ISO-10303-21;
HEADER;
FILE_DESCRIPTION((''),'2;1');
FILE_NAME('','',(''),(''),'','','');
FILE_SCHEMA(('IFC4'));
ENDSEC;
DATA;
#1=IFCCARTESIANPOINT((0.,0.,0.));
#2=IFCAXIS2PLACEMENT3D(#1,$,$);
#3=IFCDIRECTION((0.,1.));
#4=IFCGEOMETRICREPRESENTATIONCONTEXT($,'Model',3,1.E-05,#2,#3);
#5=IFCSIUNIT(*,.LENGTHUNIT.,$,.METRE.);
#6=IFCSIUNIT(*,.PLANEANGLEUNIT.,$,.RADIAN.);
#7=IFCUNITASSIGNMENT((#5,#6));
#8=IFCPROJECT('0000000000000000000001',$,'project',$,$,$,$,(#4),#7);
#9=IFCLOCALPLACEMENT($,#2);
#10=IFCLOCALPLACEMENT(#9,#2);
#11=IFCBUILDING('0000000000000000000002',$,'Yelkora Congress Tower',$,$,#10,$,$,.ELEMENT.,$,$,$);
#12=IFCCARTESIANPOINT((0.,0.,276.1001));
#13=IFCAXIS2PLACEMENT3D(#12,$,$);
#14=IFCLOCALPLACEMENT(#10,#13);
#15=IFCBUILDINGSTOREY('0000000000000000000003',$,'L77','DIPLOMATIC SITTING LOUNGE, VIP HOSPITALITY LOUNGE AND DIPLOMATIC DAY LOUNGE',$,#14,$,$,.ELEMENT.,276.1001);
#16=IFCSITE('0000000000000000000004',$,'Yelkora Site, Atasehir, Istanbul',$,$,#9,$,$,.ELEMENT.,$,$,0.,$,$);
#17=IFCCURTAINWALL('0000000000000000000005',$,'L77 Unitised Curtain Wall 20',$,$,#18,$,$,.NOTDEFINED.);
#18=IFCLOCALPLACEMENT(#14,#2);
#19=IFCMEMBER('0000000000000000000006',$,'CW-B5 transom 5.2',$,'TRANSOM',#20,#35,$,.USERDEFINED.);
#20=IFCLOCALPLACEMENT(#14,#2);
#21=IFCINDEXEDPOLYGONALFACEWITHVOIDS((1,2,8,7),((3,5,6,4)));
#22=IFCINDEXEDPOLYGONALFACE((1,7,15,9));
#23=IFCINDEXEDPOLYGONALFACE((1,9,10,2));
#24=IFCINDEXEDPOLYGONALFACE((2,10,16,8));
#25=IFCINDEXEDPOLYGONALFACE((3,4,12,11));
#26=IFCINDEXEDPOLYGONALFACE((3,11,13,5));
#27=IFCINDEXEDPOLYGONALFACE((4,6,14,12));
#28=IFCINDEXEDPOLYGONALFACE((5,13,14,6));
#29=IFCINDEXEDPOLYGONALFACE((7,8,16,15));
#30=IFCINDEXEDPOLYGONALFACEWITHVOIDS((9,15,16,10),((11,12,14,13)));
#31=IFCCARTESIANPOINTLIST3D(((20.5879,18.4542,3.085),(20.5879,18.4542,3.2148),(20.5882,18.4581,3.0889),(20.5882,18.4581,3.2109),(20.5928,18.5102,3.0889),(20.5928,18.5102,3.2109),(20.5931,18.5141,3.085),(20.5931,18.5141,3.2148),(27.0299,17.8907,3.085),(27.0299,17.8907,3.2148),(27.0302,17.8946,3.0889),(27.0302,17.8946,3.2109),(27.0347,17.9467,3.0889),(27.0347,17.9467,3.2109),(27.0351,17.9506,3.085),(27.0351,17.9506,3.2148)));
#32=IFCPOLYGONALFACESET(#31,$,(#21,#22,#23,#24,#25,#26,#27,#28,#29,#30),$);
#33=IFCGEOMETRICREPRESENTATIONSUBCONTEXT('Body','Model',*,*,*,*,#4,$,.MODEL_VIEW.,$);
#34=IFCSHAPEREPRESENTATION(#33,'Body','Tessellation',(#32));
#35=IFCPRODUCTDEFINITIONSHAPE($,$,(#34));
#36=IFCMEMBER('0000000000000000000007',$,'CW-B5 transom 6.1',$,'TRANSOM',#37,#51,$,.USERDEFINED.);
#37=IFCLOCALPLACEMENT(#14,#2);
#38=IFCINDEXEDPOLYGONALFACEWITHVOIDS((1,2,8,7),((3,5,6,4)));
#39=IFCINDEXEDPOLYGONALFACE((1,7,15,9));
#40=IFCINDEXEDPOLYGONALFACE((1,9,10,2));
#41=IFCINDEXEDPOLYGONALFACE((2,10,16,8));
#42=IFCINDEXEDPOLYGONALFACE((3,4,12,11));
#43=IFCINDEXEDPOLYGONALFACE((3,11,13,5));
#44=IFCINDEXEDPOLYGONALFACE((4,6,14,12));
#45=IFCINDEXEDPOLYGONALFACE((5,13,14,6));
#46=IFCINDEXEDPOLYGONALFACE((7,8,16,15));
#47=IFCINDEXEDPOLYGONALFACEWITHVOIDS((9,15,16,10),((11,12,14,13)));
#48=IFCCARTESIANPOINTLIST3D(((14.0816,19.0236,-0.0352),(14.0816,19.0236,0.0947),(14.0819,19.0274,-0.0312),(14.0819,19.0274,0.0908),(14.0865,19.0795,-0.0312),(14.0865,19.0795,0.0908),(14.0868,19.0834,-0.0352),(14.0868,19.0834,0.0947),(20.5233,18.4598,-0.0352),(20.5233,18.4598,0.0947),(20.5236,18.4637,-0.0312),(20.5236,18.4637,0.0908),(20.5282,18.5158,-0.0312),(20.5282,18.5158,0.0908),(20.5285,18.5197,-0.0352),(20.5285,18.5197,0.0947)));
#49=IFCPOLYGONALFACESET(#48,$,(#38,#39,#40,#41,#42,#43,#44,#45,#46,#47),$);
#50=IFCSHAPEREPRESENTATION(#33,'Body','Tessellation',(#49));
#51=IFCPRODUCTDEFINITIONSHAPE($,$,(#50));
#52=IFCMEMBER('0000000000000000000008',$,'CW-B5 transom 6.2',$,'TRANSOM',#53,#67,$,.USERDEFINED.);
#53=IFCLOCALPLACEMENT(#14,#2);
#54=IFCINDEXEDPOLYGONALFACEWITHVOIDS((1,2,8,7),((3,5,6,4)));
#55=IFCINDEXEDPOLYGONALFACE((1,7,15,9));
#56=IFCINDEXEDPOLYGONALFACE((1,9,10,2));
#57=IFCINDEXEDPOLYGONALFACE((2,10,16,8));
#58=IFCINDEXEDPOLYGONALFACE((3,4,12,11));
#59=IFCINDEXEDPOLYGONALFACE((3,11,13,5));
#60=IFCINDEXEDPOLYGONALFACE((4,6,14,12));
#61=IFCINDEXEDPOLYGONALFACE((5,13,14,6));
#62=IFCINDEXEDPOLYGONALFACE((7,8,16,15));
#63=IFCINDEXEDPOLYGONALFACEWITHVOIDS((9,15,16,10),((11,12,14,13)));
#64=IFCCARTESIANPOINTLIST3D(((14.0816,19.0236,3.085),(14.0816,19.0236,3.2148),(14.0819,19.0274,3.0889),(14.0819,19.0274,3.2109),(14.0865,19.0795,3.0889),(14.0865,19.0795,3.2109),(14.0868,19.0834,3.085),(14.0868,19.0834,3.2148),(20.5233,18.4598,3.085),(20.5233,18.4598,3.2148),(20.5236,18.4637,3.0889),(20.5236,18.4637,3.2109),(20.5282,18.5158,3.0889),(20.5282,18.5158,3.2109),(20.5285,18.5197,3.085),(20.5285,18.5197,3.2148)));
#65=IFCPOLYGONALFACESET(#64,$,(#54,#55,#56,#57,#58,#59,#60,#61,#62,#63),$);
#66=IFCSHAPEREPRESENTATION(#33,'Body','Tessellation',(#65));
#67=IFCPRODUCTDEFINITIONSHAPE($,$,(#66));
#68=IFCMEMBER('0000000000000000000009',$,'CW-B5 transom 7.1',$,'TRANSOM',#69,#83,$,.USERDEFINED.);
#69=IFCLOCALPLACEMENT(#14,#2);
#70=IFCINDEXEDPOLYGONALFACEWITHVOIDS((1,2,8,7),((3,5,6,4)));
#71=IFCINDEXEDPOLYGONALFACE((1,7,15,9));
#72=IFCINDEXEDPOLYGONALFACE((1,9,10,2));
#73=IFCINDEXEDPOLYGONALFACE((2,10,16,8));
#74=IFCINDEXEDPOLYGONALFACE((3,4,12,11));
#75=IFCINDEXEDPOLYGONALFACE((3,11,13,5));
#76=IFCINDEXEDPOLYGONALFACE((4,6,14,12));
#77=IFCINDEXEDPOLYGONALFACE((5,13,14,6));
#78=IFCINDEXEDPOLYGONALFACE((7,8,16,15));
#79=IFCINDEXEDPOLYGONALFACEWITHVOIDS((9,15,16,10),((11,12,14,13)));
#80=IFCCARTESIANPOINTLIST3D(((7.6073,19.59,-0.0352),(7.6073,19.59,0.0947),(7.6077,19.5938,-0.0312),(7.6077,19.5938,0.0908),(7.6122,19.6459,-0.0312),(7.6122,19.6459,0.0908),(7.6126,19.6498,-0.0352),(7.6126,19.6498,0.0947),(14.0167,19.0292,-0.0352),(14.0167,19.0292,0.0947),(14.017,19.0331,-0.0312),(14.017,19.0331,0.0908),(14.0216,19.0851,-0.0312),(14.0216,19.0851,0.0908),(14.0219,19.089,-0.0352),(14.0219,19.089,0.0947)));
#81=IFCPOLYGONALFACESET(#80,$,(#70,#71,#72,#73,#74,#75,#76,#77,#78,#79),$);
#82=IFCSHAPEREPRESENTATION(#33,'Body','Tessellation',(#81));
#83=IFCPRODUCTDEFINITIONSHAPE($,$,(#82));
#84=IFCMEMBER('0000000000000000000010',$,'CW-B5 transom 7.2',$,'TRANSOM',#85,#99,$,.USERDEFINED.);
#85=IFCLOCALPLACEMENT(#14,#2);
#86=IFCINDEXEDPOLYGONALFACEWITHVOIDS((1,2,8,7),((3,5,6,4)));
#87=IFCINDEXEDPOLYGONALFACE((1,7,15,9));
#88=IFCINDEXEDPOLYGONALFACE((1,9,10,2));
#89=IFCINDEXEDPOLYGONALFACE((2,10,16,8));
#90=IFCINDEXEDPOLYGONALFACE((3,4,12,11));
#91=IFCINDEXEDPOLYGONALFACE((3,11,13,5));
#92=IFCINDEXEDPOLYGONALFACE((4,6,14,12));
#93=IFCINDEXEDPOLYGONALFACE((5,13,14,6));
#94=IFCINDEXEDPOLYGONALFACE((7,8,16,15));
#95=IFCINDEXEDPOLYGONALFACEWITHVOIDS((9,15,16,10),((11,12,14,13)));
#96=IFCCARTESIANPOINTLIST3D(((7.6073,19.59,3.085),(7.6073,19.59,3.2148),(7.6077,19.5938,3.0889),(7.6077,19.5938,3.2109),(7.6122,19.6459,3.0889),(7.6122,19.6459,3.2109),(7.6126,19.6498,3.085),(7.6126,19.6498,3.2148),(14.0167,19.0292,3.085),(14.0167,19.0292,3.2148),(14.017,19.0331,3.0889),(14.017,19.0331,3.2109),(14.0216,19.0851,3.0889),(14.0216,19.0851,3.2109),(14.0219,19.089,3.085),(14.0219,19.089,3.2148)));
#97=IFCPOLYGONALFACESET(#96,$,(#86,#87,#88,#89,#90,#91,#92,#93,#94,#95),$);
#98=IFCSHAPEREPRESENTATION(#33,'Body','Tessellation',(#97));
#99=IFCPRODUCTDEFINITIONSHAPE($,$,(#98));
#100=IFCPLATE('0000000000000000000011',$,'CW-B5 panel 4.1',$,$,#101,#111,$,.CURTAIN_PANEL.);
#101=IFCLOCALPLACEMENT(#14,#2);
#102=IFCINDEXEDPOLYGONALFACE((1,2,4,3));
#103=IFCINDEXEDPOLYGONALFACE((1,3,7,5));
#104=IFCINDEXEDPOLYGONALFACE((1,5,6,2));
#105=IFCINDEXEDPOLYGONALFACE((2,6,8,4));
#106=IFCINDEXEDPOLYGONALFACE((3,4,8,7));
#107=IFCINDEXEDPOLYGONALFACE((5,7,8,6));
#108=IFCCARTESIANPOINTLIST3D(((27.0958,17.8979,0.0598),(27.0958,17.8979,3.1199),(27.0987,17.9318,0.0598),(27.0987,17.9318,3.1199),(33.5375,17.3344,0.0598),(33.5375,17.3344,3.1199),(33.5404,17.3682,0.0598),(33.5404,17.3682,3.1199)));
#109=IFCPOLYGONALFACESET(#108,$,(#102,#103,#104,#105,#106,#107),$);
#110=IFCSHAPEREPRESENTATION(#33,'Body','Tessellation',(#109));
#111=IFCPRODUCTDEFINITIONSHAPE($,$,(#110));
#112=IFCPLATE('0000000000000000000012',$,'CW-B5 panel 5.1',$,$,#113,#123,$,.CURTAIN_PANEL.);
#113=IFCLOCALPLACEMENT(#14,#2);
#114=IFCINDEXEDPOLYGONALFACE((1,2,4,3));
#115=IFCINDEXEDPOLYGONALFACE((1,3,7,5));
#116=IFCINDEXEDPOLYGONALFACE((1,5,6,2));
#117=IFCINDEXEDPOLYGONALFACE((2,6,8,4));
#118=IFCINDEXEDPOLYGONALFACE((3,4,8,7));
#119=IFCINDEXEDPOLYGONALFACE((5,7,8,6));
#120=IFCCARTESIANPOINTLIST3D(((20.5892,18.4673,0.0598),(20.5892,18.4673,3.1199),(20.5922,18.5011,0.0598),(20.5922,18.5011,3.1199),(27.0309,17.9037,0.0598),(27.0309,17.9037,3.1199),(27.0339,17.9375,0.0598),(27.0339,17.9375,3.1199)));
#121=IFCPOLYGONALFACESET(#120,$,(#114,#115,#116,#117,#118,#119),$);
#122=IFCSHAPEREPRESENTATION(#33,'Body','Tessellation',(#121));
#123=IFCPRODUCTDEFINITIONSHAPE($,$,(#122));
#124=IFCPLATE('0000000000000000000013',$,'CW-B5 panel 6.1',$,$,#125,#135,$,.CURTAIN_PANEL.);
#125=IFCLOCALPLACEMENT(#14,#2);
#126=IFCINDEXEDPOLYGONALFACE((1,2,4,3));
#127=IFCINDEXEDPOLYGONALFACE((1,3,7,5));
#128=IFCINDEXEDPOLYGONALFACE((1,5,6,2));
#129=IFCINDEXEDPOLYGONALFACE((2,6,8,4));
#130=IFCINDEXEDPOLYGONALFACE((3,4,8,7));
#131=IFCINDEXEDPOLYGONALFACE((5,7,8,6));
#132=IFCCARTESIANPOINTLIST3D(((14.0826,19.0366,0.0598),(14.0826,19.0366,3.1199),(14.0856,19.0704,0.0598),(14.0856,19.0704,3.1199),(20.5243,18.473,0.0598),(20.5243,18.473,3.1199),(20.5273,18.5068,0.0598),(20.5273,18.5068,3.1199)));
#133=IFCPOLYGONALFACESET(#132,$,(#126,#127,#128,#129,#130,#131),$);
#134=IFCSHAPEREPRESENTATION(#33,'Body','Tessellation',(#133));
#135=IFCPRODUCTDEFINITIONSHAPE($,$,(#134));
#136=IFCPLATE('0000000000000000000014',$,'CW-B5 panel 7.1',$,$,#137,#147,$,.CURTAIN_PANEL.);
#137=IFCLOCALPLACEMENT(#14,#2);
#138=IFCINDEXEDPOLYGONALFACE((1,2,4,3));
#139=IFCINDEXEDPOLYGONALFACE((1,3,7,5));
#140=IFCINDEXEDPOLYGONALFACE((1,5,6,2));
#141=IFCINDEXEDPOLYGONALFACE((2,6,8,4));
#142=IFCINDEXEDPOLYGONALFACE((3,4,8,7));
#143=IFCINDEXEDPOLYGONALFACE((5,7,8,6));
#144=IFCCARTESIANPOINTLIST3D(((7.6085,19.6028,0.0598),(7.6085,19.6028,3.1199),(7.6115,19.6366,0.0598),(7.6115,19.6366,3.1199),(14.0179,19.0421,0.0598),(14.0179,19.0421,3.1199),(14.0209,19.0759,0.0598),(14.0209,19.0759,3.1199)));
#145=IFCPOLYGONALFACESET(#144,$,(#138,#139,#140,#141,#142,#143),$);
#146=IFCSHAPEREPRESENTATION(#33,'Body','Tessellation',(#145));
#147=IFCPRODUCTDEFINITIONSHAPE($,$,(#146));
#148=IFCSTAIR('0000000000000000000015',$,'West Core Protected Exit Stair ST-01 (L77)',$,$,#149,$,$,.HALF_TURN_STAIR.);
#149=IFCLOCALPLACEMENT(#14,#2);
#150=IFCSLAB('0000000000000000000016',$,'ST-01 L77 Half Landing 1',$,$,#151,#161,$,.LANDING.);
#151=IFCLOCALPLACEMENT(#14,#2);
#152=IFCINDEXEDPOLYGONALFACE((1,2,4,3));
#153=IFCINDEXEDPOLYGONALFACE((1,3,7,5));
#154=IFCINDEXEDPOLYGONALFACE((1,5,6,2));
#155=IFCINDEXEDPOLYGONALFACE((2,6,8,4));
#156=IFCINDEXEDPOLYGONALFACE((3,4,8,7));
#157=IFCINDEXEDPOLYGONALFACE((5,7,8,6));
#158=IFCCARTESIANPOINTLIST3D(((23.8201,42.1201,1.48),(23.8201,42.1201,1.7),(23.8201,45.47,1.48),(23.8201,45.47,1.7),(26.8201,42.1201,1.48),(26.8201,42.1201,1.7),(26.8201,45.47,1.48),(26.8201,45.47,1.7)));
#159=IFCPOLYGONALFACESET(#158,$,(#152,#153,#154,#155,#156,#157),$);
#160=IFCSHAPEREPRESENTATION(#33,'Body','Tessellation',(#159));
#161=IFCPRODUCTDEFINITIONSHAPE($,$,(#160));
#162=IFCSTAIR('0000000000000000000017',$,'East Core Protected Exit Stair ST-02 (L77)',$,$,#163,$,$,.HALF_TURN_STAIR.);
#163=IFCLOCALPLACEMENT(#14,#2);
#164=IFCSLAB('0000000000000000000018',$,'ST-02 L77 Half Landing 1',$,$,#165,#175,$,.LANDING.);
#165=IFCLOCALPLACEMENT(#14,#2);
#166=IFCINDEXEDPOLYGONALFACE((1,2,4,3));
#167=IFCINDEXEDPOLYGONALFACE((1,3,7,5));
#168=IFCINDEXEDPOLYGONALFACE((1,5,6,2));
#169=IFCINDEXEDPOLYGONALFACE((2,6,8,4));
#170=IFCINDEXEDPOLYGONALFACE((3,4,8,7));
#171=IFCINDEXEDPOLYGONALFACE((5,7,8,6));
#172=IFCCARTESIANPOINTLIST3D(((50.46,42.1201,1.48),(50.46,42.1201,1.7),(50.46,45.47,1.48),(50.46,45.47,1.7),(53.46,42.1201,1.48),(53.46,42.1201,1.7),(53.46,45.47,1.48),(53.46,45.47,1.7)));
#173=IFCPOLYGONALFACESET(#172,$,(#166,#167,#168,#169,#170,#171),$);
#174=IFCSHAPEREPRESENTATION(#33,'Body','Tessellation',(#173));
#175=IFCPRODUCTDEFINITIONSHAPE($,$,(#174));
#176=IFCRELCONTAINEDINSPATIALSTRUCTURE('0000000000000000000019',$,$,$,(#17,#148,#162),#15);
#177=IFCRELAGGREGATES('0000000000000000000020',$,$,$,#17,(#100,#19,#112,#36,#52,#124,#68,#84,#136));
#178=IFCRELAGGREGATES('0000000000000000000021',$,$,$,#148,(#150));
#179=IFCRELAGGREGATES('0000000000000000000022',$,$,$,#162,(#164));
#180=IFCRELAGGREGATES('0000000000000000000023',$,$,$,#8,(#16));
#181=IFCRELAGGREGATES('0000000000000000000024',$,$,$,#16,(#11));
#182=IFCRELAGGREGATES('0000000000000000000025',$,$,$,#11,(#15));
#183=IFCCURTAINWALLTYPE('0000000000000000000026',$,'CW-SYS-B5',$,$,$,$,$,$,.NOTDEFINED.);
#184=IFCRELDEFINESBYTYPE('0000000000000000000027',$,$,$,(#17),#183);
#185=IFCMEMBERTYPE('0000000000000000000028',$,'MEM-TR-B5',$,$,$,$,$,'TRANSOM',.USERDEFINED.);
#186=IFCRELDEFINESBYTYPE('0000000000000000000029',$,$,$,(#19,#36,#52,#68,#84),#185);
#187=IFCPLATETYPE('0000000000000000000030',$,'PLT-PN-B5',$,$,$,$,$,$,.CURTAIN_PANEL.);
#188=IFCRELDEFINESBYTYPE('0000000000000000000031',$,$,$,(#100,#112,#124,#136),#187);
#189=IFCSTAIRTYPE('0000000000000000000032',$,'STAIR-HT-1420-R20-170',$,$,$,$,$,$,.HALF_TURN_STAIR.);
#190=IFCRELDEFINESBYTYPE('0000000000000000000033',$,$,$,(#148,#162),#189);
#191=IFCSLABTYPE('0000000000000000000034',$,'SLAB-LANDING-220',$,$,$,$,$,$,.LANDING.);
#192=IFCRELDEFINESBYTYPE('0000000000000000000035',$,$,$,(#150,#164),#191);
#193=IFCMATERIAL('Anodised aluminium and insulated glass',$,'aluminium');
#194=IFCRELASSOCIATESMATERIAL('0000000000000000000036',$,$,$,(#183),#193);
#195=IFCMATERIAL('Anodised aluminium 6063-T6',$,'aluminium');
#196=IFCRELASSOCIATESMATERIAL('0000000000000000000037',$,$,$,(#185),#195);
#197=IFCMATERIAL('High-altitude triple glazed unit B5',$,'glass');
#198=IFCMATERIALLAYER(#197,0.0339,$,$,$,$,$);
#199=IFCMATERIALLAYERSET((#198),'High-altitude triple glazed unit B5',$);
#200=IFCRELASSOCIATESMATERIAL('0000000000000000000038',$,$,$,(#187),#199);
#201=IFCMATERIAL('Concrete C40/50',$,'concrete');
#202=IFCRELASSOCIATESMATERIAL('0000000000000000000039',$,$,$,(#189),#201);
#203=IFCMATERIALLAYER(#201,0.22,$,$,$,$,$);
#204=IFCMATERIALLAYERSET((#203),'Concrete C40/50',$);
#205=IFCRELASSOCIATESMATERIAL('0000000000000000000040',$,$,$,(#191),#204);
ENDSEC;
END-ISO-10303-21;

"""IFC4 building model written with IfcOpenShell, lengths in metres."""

from ifc_helpers import new_model, si_unit, direction, frame, origin, origin_2d, place, context, subcontext, project, spatial, polyline, rectangle, hollow_rectangle, outline, extrude, material, layer, layer_set, material_profile, profile_set, type_object, element, aggregate, save


model = new_model("IFC4")

# Units and contexts
model_context = context("Model", 3, precision=1e-05, world=origin(), true_north=direction((0.0, 1.0)))
body_context = subcontext(model_context, "Body", "Model", "MODEL_VIEW")
ifc_project = project(units=[si_unit("LENGTHUNIT", "METRE"), si_unit("PLANEANGLEUNIT", "RADIAN")], contexts=[model_context])

# Site, building, storey
site_placement = place(None, origin())
site = spatial("IfcSite", under=ifc_project, at=site_placement, Name="Yelkora Site, Atasehir, Istanbul", CompositionType="ELEMENT", RefElevation=0.0)
building_placement = place(site_placement, origin())
building = spatial("IfcBuilding", under=site, at=building_placement, Name="Yelkora Congress Tower", CompositionType="ELEMENT")
storey_placement = place(building_placement, frame((0.0, 0.0, 276.1001)))
storey = spatial("IfcBuildingStorey", under=building, at=storey_placement, Name="L77", Description="DIPLOMATIC SITTING LOUNGE, VIP HOSPITALITY LOUNGE AND DIPLOMATIC DAY LOUNGE", CompositionType="ELEMENT", Elevation=276.1001)

# Curtain wall, members, plates
ifc_material_1 = material(Name="Anodised aluminium and insulated glass", Category="aluminium")
curtain_wall_type = type_object("IfcCurtainWallType", Name="CW-SYS-B5", PredefinedType="NOTDEFINED", material=ifc_material_1)
curtain_wall_placement = place(storey_placement, origin())
curtain_wall = element("IfcCurtainWall", 1, at=curtain_wall_placement, inside=storey, type_object=curtain_wall_type, Name="L77 Unitised Curtain Wall 20", PredefinedType="NOTDEFINED")
ifc_material_2 = material(Name="Anodised aluminium 6063-T6", Category="aluminium")
ifc_material_profile_1 = material_profile(ifc_material_2, hollow_rectangle(XDim=0.0601, YDim=0.1299, WallThickness=0.0039, at=origin_2d()), Name="ALU 60x130x4")
ifc_profile_set_1 = profile_set([ifc_material_profile_1], Name="Anodised aluminium 6063-T6")
member_type_1 = type_object("IfcMemberType", Name="MEM-TR-B5", ElementType="TRANSOM", PredefinedType="USERDEFINED", material=ifc_profile_set_1)
member_1_placement = place(storey_placement, frame((27.0325, 17.9207, 3.1499), z_axis=(-0.996196, 0.087138, 0.0), x_axis=(-0.087138, -0.996196, 0.0)))
member_1 = element("IfcMember", 2, at=member_1_placement, type_object=member_type_1, Name="CW-B5 transom 5.2", ObjectType="TRANSOM", PredefinedType="USERDEFINED", context=body_context, shape_type="SweptSolid", body=[
    extrude(hollow_rectangle(XDim=0.0601, YDim=0.1299, WallThickness=0.0039, at=origin_2d()), origin(), (0.0, 0.0, 1.0), 6.4666),
])
member_2_placement = place(storey_placement, frame((20.5259, 18.4897, 0.0298), z_axis=(-0.996193, 0.087179, 0.0), x_axis=(-0.087179, -0.996193, 0.0)))
member_2 = element("IfcMember", 3, at=member_2_placement, type_object=member_type_1, Name="CW-B5 transom 6.1", ObjectType="TRANSOM", PredefinedType="USERDEFINED", context=body_context, shape_type="SweptSolid", body=[
    extrude(hollow_rectangle(XDim=0.0601, YDim=0.1299, WallThickness=0.0039, at=origin_2d()), origin(), (0.0, 0.0, 1.0), 6.4663),
])
member_3_placement = place(storey_placement, frame((20.5259, 18.4897, 3.1499), z_axis=(-0.996193, 0.087179, 0.0), x_axis=(-0.087179, -0.996193, 0.0)))
member_3 = element("IfcMember", 4, at=member_3_placement, type_object=member_type_1, Name="CW-B5 transom 6.2", ObjectType="TRANSOM", PredefinedType="USERDEFINED", context=body_context, shape_type="SweptSolid", body=[
    extrude(hollow_rectangle(XDim=0.0601, YDim=0.1299, WallThickness=0.0039, at=origin_2d()), origin(), (0.0, 0.0, 1.0), 6.4663),
])
member_4_placement = place(storey_placement, frame((14.0193, 19.0591, 0.0298), z_axis=(-0.996194, 0.087162, 0.0), x_axis=(-0.087162, -0.996194, 0.0)))
member_4 = element("IfcMember", 5, at=member_4_placement, type_object=member_type_1, Name="CW-B5 transom 7.1", ObjectType="TRANSOM", PredefinedType="USERDEFINED", context=body_context, shape_type="SweptSolid", body=[
    extrude(hollow_rectangle(XDim=0.0601, YDim=0.1299, WallThickness=0.0039, at=origin_2d()), origin(), (0.0, 0.0, 1.0), 6.4338),
])
member_5_placement = place(storey_placement, frame((14.0193, 19.0591, 3.1499), z_axis=(-0.996194, 0.087162, 0.0), x_axis=(-0.087162, -0.996194, 0.0)))
member_5 = element("IfcMember", 6, at=member_5_placement, type_object=member_type_1, Name="CW-B5 transom 7.2", ObjectType="TRANSOM", PredefinedType="USERDEFINED", context=body_context, shape_type="SweptSolid", body=[
    extrude(hollow_rectangle(XDim=0.0601, YDim=0.1299, WallThickness=0.0039, at=origin_2d()), origin(), (0.0, 0.0, 1.0), 6.4338),
])
ifc_material_3 = material(Name="High-altitude triple glazed unit B5", Category="glass")
ifc_layer_1 = layer(ifc_material_3, 0.0339)
ifc_layer_set_1 = layer_set([ifc_layer_1], Name="High-altitude triple glazed unit B5")
plate_type = type_object("IfcPlateType", Name="PLT-PN-B5", PredefinedType="CURTAIN_PANEL", material=ifc_layer_set_1)
plate_1_placement = place(storey_placement, frame((30.3181, 17.6331, 0.0598), z_axis=(0.0, 0.0, 1.0), x_axis=(-0.996195, 0.087157, 0.0)))
plate_1 = element("IfcPlate", 7, at=plate_1_placement, type_object=plate_type, Name="CW-B5 panel 4.1", PredefinedType="CURTAIN_PANEL", context=body_context, shape_type="SweptSolid", body=[
    extrude(rectangle(XDim=6.4663, YDim=0.0339, at=origin_2d()), origin(), (0.0, 0.0, 1.0), 3.0601),
])
plate_2_placement = place(storey_placement, frame((23.8115, 18.2024, 0.0598), z_axis=(0.0, 0.0, 1.0), x_axis=(-0.996195, 0.087157, 0.0)))
plate_2 = element("IfcPlate", 8, at=plate_2_placement, type_object=plate_type, Name="CW-B5 panel 5.1", PredefinedType="CURTAIN_PANEL", context=body_context, shape_type="SweptSolid", body=[
    extrude(rectangle(XDim=6.4663, YDim=0.0339, at=origin_2d()), origin(), (0.0, 0.0, 1.0), 3.0601),
])
plate_3_placement = place(storey_placement, frame((17.3049, 18.7717, 0.0598), z_axis=(0.0, 0.0, 1.0), x_axis=(-0.996195, 0.087157, 0.0)))
plate_3 = element("IfcPlate", 9, at=plate_3_placement, type_object=plate_type, Name="CW-B5 panel 6.1", PredefinedType="CURTAIN_PANEL", context=body_context, shape_type="SweptSolid", body=[
    extrude(rectangle(XDim=6.4663, YDim=0.0339, at=origin_2d()), origin(), (0.0, 0.0, 1.0), 3.0601),
])
plate_4_placement = place(storey_placement, frame((10.8147, 19.3394, 0.0598), z_axis=(0.0, 0.0, 1.0), x_axis=(-0.996195, 0.087157, 0.0)))
plate_4 = element("IfcPlate", 10, at=plate_4_placement, type_object=plate_type, Name="CW-B5 panel 7.1", PredefinedType="CURTAIN_PANEL", context=body_context, shape_type="SweptSolid", body=[
    extrude(rectangle(XDim=6.4338, YDim=0.0339, at=origin_2d()), origin(), (0.0, 0.0, 1.0), 3.0601),
])
aggregate(curtain_wall, [plate_1, member_1, plate_2, member_2, member_3, plate_3, member_4, member_5, plate_4])

# Stairs, slabs
ifc_material_4 = material(Name="Concrete C40/50", Category="concrete")
stair_type = type_object("IfcStairType", Name="STAIR-HT-1420-R20-170", PredefinedType="HALF_TURN_STAIR", material=ifc_material_4)
stair_1_placement = place(storey_placement, origin())
stair_1 = element("IfcStair", 11, at=stair_1_placement, inside=storey, type_object=stair_type, Name="West Core Protected Exit Stair ST-01 (L77)", PredefinedType="HALF_TURN_STAIR")
ifc_layer_2 = layer(ifc_material_4, 0.22)
ifc_layer_set_2 = layer_set([ifc_layer_2], Name="Concrete C40/50")
slab_type_1 = type_object("IfcSlabType", Name="SLAB-LANDING-220", PredefinedType="LANDING", material=ifc_layer_set_2)
slab_1_placement = place(storey_placement, frame((0.0, 0.0, 1.48)))
slab_1 = element("IfcSlab", 12, at=slab_1_placement, type_object=slab_type_1, Name="ST-01 L77 Half Landing 1", PredefinedType="LANDING", context=body_context, shape_type="SweptSolid", body=[
    extrude(outline(polyline([(26.8201, 42.1201), (26.8201, 45.47), (23.8201, 45.47), (23.8201, 42.1201), (26.8201, 42.1201)])), origin(), (0.0, 0.0, 1.0), 0.22),
])
aggregate(stair_1, [slab_1])
stair_2_placement = place(storey_placement, origin())
stair_2 = element("IfcStair", 13, at=stair_2_placement, inside=storey, type_object=stair_type, Name="East Core Protected Exit Stair ST-02 (L77)", PredefinedType="HALF_TURN_STAIR")
slab_2_placement = place(storey_placement, frame((0.0, 0.0, 1.48)))
slab_2 = element("IfcSlab", 14, at=slab_2_placement, type_object=slab_type_1, Name="ST-02 L77 Half Landing 1", PredefinedType="LANDING", context=body_context, shape_type="SweptSolid", body=[
    extrude(outline(polyline([(53.46, 42.1201), (53.46, 45.47), (50.46, 45.47), (50.46, 42.1201), (53.46, 42.1201)])), origin(), (0.0, 0.0, 1.0), 0.22),
])
aggregate(stair_2, [slab_2])

save(model, "model.ifc")
